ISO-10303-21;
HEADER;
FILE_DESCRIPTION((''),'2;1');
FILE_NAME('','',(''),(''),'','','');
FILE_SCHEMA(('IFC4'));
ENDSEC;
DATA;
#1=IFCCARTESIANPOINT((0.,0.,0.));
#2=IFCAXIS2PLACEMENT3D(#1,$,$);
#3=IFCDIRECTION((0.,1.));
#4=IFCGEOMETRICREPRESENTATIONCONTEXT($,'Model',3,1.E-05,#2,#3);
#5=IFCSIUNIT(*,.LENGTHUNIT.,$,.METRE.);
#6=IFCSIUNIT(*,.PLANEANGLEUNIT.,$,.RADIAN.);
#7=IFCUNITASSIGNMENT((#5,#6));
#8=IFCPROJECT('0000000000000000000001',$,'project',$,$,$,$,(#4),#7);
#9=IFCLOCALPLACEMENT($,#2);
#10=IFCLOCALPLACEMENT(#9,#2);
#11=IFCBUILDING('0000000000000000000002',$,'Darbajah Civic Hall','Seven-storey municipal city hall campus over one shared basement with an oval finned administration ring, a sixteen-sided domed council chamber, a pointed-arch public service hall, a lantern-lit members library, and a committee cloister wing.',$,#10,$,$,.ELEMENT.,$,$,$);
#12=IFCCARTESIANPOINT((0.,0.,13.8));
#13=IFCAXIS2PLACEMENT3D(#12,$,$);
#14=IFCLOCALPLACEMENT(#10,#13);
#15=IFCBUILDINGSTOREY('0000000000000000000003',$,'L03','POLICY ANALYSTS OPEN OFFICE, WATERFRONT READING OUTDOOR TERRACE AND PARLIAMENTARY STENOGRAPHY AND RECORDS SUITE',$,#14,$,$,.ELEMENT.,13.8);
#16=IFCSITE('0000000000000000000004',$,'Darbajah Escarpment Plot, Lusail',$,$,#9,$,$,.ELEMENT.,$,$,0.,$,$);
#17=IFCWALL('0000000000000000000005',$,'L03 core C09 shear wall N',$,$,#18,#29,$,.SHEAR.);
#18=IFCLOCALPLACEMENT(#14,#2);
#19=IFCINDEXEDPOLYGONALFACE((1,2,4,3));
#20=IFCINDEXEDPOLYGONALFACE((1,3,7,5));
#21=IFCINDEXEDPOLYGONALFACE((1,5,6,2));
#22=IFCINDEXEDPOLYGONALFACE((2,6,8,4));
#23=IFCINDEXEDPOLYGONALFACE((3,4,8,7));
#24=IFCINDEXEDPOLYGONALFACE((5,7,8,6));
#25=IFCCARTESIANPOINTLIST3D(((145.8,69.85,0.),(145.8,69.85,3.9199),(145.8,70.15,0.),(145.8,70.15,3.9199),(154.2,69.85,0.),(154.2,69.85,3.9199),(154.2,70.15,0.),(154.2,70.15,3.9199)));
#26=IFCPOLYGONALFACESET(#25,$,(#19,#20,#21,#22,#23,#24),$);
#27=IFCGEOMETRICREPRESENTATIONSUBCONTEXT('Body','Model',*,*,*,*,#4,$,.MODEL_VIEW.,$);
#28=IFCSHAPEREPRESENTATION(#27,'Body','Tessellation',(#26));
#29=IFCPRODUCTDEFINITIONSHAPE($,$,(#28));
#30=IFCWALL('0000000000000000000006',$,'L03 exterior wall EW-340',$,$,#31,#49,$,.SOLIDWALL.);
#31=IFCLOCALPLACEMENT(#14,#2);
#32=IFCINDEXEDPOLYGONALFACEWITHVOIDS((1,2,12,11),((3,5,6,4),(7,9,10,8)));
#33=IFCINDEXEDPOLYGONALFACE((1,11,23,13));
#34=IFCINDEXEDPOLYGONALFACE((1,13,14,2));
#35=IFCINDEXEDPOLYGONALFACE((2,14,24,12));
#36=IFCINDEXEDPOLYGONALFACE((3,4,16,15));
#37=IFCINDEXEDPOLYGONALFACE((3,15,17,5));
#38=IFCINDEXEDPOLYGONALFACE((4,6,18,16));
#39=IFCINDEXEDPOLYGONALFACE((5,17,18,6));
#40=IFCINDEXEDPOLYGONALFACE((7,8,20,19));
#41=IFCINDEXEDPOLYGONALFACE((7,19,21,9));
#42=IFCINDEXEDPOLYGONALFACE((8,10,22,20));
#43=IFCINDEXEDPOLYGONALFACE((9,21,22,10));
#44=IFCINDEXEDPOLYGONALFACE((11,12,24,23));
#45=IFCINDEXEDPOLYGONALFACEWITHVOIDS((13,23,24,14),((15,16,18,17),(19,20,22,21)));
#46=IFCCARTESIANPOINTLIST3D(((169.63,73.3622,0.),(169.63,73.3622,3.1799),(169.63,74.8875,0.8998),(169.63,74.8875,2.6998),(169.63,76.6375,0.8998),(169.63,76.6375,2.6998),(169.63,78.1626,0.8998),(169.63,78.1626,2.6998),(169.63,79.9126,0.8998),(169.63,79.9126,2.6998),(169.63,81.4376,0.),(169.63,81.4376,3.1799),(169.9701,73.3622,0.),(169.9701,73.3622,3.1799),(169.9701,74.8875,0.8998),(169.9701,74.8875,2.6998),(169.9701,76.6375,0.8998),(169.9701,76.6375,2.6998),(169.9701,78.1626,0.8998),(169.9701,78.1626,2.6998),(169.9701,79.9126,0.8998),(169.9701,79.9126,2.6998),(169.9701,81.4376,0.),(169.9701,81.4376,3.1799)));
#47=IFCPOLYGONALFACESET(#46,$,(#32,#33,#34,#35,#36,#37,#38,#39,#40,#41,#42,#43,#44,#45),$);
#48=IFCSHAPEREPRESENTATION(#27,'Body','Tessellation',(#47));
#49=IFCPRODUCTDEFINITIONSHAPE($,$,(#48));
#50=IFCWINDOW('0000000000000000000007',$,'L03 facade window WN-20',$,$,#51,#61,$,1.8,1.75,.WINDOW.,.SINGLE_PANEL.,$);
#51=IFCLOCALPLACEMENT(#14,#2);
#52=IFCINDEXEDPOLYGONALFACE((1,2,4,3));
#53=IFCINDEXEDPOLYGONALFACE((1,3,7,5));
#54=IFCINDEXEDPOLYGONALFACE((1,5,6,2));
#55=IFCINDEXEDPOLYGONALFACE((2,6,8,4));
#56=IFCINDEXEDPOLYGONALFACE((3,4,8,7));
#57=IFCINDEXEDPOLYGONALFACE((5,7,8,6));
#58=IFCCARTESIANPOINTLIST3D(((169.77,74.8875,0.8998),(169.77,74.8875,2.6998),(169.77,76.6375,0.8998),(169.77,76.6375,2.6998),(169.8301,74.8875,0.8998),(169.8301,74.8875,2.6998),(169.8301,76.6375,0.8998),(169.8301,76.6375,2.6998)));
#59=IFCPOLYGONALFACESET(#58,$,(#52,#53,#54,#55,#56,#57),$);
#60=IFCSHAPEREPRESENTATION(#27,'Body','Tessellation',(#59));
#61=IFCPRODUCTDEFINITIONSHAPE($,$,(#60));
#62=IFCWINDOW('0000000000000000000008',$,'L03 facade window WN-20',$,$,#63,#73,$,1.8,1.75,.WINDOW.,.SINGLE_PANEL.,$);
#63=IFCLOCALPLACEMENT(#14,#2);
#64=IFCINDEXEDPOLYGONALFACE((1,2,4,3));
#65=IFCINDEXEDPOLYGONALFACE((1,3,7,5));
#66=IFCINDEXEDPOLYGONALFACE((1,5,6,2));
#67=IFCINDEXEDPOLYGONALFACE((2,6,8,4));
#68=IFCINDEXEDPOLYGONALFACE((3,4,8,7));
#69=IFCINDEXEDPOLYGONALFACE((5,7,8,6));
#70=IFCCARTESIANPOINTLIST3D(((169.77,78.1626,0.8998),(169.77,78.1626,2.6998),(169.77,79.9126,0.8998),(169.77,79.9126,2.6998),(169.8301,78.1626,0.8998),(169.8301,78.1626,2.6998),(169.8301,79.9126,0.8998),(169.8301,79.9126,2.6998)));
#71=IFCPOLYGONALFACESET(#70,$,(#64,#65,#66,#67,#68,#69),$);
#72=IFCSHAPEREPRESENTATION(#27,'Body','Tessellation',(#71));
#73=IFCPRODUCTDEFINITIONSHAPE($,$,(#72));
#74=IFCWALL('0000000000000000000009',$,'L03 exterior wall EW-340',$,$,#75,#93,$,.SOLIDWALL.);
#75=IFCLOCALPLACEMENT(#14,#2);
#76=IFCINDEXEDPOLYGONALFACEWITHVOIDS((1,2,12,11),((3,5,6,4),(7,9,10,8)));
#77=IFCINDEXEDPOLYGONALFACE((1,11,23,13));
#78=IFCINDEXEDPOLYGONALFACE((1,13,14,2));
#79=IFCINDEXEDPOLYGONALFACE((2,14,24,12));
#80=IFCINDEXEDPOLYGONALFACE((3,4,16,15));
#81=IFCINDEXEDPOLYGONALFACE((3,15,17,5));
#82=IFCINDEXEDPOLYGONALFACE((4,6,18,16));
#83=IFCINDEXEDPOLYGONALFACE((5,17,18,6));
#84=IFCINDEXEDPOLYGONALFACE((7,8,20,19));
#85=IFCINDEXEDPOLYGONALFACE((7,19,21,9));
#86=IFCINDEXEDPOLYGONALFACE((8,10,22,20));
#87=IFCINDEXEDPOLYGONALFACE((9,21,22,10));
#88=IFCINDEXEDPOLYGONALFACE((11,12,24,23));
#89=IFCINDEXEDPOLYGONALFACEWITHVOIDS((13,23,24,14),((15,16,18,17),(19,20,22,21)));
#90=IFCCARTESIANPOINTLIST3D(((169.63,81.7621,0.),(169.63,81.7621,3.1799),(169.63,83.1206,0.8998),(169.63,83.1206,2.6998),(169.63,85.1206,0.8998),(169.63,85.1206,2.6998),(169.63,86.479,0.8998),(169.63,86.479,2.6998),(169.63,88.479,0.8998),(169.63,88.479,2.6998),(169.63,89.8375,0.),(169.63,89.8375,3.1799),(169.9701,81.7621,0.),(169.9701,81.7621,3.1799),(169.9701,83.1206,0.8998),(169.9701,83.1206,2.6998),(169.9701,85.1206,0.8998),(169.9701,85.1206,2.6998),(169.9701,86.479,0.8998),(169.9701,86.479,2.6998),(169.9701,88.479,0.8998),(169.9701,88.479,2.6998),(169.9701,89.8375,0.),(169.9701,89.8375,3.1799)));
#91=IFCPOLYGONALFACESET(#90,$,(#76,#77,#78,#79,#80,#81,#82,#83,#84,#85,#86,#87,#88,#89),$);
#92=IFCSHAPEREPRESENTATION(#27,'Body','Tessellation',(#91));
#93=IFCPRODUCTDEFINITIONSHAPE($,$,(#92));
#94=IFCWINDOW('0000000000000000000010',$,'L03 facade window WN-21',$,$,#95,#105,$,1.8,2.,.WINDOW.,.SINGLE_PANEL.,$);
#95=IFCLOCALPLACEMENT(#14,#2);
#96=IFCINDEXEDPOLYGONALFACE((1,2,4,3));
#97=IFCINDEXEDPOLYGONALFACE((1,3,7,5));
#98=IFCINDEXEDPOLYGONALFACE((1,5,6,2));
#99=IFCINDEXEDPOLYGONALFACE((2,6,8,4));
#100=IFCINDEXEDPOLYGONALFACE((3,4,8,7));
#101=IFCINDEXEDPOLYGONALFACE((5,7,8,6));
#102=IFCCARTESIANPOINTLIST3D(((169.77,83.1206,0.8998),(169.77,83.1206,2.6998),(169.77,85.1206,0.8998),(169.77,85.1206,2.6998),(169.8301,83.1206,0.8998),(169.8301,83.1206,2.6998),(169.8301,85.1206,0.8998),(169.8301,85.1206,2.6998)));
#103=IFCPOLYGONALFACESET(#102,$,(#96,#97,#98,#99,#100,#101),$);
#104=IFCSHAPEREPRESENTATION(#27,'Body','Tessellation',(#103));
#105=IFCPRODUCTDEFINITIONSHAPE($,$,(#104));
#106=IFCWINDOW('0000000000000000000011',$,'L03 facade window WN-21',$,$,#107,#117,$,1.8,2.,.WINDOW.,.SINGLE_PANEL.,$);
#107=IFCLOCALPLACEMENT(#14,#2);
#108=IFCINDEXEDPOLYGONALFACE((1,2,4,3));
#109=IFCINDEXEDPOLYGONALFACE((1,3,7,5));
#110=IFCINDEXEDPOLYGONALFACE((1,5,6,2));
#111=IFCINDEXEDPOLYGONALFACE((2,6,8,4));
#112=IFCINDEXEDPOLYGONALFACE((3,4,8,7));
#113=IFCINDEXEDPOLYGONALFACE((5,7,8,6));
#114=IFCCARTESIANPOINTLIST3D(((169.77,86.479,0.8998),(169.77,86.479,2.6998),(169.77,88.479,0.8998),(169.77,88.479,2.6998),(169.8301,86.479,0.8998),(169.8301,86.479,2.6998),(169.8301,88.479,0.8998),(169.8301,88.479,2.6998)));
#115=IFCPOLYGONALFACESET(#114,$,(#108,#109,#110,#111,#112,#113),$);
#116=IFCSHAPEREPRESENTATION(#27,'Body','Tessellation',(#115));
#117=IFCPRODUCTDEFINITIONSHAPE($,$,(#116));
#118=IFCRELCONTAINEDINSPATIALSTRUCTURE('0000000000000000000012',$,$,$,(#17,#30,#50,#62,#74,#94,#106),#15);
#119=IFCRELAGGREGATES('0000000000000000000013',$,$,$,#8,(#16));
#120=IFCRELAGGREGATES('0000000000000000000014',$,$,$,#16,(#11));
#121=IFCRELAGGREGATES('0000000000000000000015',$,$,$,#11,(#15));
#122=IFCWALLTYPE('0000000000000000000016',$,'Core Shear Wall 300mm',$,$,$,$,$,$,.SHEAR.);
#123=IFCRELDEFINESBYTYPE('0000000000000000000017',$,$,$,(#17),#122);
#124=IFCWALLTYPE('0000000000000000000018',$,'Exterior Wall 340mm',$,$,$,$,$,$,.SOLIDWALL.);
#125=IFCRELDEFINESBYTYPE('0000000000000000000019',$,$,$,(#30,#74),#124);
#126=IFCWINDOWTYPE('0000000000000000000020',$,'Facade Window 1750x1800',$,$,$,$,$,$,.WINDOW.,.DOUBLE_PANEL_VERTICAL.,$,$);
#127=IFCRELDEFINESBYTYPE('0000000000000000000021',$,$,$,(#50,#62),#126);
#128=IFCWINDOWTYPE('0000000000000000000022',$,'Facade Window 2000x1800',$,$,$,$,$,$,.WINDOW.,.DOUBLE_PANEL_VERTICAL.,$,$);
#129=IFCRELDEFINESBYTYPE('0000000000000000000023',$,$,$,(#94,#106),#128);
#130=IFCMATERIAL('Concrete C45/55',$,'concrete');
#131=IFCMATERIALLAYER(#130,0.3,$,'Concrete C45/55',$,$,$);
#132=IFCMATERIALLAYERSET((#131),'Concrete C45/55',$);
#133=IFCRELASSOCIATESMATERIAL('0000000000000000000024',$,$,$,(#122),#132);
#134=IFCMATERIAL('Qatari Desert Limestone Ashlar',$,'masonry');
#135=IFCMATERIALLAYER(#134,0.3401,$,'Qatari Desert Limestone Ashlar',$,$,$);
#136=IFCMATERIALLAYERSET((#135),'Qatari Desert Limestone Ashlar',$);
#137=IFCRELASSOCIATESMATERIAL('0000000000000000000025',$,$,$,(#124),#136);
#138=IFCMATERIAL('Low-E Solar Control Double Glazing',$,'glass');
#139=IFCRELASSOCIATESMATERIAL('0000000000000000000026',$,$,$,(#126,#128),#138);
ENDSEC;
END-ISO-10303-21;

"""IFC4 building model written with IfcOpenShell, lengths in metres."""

from ifc_helpers import new_model, si_unit, direction, frame, frame_2d, origin, place, context, subcontext, project, spatial, rectangle, extrude, material, layer, layer_set, type_object, element, fill, save


model = new_model("IFC4")

# Units and contexts
model_context = context("Model", 3, precision=1e-05, world=origin(), true_north=direction((0.0, 1.0)))
body_context = subcontext(model_context, "Body", "Model", "MODEL_VIEW")
ifc_project = project(units=[si_unit("LENGTHUNIT", "METRE"), si_unit("PLANEANGLEUNIT", "RADIAN")], contexts=[model_context])

# Site, building, storey
site_placement = place(None, origin())
site = spatial("IfcSite", under=ifc_project, at=site_placement, Name="Darbajah Escarpment Plot, Lusail", CompositionType="ELEMENT", RefElevation=0.0)
building_placement = place(site_placement, origin())
building = spatial("IfcBuilding", under=site, at=building_placement, Name="Darbajah Civic Hall", Description="Seven-storey municipal city hall campus over one shared basement with an oval finned administration ring, a sixteen-sided domed council chamber, a pointed-arch public service hall, a lantern-lit members library, and a committee cloister wing.", CompositionType="ELEMENT")
storey_placement = place(building_placement, frame((0.0, 0.0, 13.8)))
storey = spatial("IfcBuildingStorey", under=building, at=storey_placement, Name="L03", Description="POLICY ANALYSTS OPEN OFFICE, WATERFRONT READING OUTDOOR TERRACE AND PARLIAMENTARY STENOGRAPHY AND RECORDS SUITE", CompositionType="ELEMENT", Elevation=13.8)

# Shared definitions
ifc_material_1 = material(Name="Concrete C45/55", Category="concrete")

# Wall
ifc_layer_1 = layer(ifc_material_1, 0.3, Name="Concrete C45/55")
ifc_layer_set_1 = layer_set([ifc_layer_1], Name="Concrete C45/55")
wall_type_1 = type_object("IfcWallType", Name="Core Shear Wall 300mm", PredefinedType="SHEAR", material=ifc_layer_set_1)
wall_1_placement = place(storey_placement, frame((154.2, 70.0, 0.0), z_axis=(0.0, 0.0, 1.0), x_axis=(-1.0, 0.0, 0.0)))
element("IfcWall", 1, at=wall_1_placement, inside=storey, type_object=wall_type_1, Name="L03 core C09 shear wall N", PredefinedType="SHEAR", context=body_context, shape_type="SweptSolid", body=[
    extrude(rectangle(XDim=8.3999, YDim=0.3, at=frame_2d((4.2, 0.0))), origin(), (0.0, 0.0, 1.0), 3.9199),
])

# Walls, openings, windows
ifc_material_2 = material(Name="Qatari Desert Limestone Ashlar", Category="masonry")
ifc_layer_2 = layer(ifc_material_2, 0.3401, Name="Qatari Desert Limestone Ashlar")
ifc_layer_set_2 = layer_set([ifc_layer_2], Name="Qatari Desert Limestone Ashlar")
wall_type_2 = type_object("IfcWallType", Name="Exterior Wall 340mm", PredefinedType="SOLIDWALL", material=ifc_layer_set_2)
wall_2_placement = place(storey_placement, frame((169.8, 73.3623, 0.0), z_axis=(0.0, 0.0, 1.0), x_axis=(0.0, 1.0, 0.0)))
wall_2 = element("IfcWall", 2, at=wall_2_placement, inside=storey, type_object=wall_type_2, Name="L03 exterior wall EW-340", PredefinedType="SOLIDWALL", context=body_context, shape_type="SweptSolid", body=[
    extrude(rectangle(XDim=8.0754, YDim=0.3401, at=frame_2d((4.0376, 0.0))), origin(), (0.0, 0.0, 1.0), 3.1799),
])
opening_1_placement = place(wall_2_placement, frame((1.5251, 0.0, 0.8999)))
opening_1 = element("IfcOpeningElement", 3, at=opening_1_placement, cuts=wall_2, PredefinedType="OPENING", context=body_context, shape_type="SweptSolid", body=[
    extrude(rectangle(XDim=1.75, YDim=1.8, at=frame_2d((0.875, 0.8999))), frame((0.0, 0.1799, 0.0), z_axis=(0.0, -1.0, 0.0), x_axis=(1.0, 0.0, 0.0)), (0.0, 0.0, 1.0), 0.3601),
])
opening_2_placement = place(wall_2_placement, frame((4.8003, 0.0, 0.8999)))
opening_2 = element("IfcOpeningElement", 4, at=opening_2_placement, cuts=wall_2, PredefinedType="OPENING", context=body_context, shape_type="SweptSolid", body=[
    extrude(rectangle(XDim=1.75, YDim=1.8, at=frame_2d((0.875, 0.8999))), frame((0.0, 0.1799, 0.0), z_axis=(0.0, -1.0, 0.0), x_axis=(1.0, 0.0, 0.0)), (0.0, 0.0, 1.0), 0.3601),
])
ifc_material_3 = material(Name="Low-E Solar Control Double Glazing", Category="glass")
window_type_1 = type_object("IfcWindowType", Name="Facade Window 1750x1800", PartitioningType="DOUBLE_PANEL_VERTICAL", PredefinedType="WINDOW", material=ifc_material_3)
window_1_placement = place(opening_1_placement, origin())
window_1 = element("IfcWindow", 5, at=window_1_placement, inside=storey, type_object=window_type_1, Name="L03 facade window WN-20", OverallHeight=1.8, OverallWidth=1.75, PartitioningType="SINGLE_PANEL", PredefinedType="WINDOW", context=body_context, shape_type="SweptSolid", body=[
    extrude(rectangle(XDim=1.75, YDim=1.8, at=frame_2d((0.875, 0.8999))), frame((0.0, 0.03, 0.0), z_axis=(0.0, -1.0, 0.0), x_axis=(1.0, 0.0, 0.0)), (0.0, 0.0, 1.0), 0.0601),
])
fill(opening_1, window_1)
window_2_placement = place(opening_2_placement, origin())
window_2 = element("IfcWindow", 6, at=window_2_placement, inside=storey, type_object=window_type_1, Name="L03 facade window WN-20", OverallHeight=1.8, OverallWidth=1.75, PartitioningType="SINGLE_PANEL", PredefinedType="WINDOW", context=body_context, shape_type="SweptSolid", body=[
    extrude(rectangle(XDim=1.75, YDim=1.8, at=frame_2d((0.875, 0.8999))), frame((0.0, 0.03, 0.0), z_axis=(0.0, -1.0, 0.0), x_axis=(1.0, 0.0, 0.0)), (0.0, 0.0, 1.0), 0.0601),
])
fill(opening_2, window_2)
wall_3_placement = place(storey_placement, frame((169.8, 81.7622, 0.0), z_axis=(0.0, 0.0, 1.0), x_axis=(0.0, 1.0, 0.0)))
wall_3 = element("IfcWall", 7, at=wall_3_placement, inside=storey, type_object=wall_type_2, Name="L03 exterior wall EW-340", PredefinedType="SOLIDWALL", context=body_context, shape_type="SweptSolid", body=[
    extrude(rectangle(XDim=8.0754, YDim=0.3401, at=frame_2d((4.0376, 0.0))), origin(), (0.0, 0.0, 1.0), 3.1799),
])
opening_3_placement = place(wall_3_placement, frame((1.3584, 0.0, 0.8999)))
opening_3 = element("IfcOpeningElement", 8, at=opening_3_placement, cuts=wall_3, PredefinedType="OPENING", context=body_context, shape_type="SweptSolid", body=[
    extrude(rectangle(XDim=2.0, YDim=1.8, at=frame_2d((1.0, 0.8999))), frame((0.0, 0.1799, 0.0), z_axis=(0.0, -1.0, 0.0), x_axis=(1.0, 0.0, 0.0)), (0.0, 0.0, 1.0), 0.3601),
])
opening_4_placement = place(wall_3_placement, frame((4.7168, 0.0, 0.8999)))
opening_4 = element("IfcOpeningElement", 9, at=opening_4_placement, cuts=wall_3, PredefinedType="OPENING", context=body_context, shape_type="SweptSolid", body=[
    extrude(rectangle(XDim=2.0, YDim=1.8, at=frame_2d((1.0, 0.8999))), frame((0.0, 0.1799, 0.0), z_axis=(0.0, -1.0, 0.0), x_axis=(1.0, 0.0, 0.0)), (0.0, 0.0, 1.0), 0.3601),
])
window_type_2 = type_object("IfcWindowType", Name="Facade Window 2000x1800", PartitioningType="DOUBLE_PANEL_VERTICAL", PredefinedType="WINDOW", material=ifc_material_3)
window_3_placement = place(opening_3_placement, origin())
window_3 = element("IfcWindow", 10, at=window_3_placement, inside=storey, type_object=window_type_2, Name="L03 facade window WN-21", OverallHeight=1.8, OverallWidth=2.0, PartitioningType="SINGLE_PANEL", PredefinedType="WINDOW", context=body_context, shape_type="SweptSolid", body=[
    extrude(rectangle(XDim=2.0, YDim=1.8, at=frame_2d((1.0, 0.8999))), frame((0.0, 0.03, 0.0), z_axis=(0.0, -1.0, 0.0), x_axis=(1.0, 0.0, 0.0)), (0.0, 0.0, 1.0), 0.0601),
])
fill(opening_3, window_3)
window_4_placement = place(opening_4_placement, origin())
window_4 = element("IfcWindow", 11, at=window_4_placement, inside=storey, type_object=window_type_2, Name="L03 facade window WN-21", OverallHeight=1.8, OverallWidth=2.0, PartitioningType="SINGLE_PANEL", PredefinedType="WINDOW", context=body_context, shape_type="SweptSolid", body=[
    extrude(rectangle(XDim=2.0, YDim=1.8, at=frame_2d((1.0, 0.8999))), frame((0.0, 0.03, 0.0), z_axis=(0.0, -1.0, 0.0), x_axis=(1.0, 0.0, 0.0)), (0.0, 0.0, 1.0), 0.0601),
])
fill(opening_4, window_4)

save(model, "model.ifc")
